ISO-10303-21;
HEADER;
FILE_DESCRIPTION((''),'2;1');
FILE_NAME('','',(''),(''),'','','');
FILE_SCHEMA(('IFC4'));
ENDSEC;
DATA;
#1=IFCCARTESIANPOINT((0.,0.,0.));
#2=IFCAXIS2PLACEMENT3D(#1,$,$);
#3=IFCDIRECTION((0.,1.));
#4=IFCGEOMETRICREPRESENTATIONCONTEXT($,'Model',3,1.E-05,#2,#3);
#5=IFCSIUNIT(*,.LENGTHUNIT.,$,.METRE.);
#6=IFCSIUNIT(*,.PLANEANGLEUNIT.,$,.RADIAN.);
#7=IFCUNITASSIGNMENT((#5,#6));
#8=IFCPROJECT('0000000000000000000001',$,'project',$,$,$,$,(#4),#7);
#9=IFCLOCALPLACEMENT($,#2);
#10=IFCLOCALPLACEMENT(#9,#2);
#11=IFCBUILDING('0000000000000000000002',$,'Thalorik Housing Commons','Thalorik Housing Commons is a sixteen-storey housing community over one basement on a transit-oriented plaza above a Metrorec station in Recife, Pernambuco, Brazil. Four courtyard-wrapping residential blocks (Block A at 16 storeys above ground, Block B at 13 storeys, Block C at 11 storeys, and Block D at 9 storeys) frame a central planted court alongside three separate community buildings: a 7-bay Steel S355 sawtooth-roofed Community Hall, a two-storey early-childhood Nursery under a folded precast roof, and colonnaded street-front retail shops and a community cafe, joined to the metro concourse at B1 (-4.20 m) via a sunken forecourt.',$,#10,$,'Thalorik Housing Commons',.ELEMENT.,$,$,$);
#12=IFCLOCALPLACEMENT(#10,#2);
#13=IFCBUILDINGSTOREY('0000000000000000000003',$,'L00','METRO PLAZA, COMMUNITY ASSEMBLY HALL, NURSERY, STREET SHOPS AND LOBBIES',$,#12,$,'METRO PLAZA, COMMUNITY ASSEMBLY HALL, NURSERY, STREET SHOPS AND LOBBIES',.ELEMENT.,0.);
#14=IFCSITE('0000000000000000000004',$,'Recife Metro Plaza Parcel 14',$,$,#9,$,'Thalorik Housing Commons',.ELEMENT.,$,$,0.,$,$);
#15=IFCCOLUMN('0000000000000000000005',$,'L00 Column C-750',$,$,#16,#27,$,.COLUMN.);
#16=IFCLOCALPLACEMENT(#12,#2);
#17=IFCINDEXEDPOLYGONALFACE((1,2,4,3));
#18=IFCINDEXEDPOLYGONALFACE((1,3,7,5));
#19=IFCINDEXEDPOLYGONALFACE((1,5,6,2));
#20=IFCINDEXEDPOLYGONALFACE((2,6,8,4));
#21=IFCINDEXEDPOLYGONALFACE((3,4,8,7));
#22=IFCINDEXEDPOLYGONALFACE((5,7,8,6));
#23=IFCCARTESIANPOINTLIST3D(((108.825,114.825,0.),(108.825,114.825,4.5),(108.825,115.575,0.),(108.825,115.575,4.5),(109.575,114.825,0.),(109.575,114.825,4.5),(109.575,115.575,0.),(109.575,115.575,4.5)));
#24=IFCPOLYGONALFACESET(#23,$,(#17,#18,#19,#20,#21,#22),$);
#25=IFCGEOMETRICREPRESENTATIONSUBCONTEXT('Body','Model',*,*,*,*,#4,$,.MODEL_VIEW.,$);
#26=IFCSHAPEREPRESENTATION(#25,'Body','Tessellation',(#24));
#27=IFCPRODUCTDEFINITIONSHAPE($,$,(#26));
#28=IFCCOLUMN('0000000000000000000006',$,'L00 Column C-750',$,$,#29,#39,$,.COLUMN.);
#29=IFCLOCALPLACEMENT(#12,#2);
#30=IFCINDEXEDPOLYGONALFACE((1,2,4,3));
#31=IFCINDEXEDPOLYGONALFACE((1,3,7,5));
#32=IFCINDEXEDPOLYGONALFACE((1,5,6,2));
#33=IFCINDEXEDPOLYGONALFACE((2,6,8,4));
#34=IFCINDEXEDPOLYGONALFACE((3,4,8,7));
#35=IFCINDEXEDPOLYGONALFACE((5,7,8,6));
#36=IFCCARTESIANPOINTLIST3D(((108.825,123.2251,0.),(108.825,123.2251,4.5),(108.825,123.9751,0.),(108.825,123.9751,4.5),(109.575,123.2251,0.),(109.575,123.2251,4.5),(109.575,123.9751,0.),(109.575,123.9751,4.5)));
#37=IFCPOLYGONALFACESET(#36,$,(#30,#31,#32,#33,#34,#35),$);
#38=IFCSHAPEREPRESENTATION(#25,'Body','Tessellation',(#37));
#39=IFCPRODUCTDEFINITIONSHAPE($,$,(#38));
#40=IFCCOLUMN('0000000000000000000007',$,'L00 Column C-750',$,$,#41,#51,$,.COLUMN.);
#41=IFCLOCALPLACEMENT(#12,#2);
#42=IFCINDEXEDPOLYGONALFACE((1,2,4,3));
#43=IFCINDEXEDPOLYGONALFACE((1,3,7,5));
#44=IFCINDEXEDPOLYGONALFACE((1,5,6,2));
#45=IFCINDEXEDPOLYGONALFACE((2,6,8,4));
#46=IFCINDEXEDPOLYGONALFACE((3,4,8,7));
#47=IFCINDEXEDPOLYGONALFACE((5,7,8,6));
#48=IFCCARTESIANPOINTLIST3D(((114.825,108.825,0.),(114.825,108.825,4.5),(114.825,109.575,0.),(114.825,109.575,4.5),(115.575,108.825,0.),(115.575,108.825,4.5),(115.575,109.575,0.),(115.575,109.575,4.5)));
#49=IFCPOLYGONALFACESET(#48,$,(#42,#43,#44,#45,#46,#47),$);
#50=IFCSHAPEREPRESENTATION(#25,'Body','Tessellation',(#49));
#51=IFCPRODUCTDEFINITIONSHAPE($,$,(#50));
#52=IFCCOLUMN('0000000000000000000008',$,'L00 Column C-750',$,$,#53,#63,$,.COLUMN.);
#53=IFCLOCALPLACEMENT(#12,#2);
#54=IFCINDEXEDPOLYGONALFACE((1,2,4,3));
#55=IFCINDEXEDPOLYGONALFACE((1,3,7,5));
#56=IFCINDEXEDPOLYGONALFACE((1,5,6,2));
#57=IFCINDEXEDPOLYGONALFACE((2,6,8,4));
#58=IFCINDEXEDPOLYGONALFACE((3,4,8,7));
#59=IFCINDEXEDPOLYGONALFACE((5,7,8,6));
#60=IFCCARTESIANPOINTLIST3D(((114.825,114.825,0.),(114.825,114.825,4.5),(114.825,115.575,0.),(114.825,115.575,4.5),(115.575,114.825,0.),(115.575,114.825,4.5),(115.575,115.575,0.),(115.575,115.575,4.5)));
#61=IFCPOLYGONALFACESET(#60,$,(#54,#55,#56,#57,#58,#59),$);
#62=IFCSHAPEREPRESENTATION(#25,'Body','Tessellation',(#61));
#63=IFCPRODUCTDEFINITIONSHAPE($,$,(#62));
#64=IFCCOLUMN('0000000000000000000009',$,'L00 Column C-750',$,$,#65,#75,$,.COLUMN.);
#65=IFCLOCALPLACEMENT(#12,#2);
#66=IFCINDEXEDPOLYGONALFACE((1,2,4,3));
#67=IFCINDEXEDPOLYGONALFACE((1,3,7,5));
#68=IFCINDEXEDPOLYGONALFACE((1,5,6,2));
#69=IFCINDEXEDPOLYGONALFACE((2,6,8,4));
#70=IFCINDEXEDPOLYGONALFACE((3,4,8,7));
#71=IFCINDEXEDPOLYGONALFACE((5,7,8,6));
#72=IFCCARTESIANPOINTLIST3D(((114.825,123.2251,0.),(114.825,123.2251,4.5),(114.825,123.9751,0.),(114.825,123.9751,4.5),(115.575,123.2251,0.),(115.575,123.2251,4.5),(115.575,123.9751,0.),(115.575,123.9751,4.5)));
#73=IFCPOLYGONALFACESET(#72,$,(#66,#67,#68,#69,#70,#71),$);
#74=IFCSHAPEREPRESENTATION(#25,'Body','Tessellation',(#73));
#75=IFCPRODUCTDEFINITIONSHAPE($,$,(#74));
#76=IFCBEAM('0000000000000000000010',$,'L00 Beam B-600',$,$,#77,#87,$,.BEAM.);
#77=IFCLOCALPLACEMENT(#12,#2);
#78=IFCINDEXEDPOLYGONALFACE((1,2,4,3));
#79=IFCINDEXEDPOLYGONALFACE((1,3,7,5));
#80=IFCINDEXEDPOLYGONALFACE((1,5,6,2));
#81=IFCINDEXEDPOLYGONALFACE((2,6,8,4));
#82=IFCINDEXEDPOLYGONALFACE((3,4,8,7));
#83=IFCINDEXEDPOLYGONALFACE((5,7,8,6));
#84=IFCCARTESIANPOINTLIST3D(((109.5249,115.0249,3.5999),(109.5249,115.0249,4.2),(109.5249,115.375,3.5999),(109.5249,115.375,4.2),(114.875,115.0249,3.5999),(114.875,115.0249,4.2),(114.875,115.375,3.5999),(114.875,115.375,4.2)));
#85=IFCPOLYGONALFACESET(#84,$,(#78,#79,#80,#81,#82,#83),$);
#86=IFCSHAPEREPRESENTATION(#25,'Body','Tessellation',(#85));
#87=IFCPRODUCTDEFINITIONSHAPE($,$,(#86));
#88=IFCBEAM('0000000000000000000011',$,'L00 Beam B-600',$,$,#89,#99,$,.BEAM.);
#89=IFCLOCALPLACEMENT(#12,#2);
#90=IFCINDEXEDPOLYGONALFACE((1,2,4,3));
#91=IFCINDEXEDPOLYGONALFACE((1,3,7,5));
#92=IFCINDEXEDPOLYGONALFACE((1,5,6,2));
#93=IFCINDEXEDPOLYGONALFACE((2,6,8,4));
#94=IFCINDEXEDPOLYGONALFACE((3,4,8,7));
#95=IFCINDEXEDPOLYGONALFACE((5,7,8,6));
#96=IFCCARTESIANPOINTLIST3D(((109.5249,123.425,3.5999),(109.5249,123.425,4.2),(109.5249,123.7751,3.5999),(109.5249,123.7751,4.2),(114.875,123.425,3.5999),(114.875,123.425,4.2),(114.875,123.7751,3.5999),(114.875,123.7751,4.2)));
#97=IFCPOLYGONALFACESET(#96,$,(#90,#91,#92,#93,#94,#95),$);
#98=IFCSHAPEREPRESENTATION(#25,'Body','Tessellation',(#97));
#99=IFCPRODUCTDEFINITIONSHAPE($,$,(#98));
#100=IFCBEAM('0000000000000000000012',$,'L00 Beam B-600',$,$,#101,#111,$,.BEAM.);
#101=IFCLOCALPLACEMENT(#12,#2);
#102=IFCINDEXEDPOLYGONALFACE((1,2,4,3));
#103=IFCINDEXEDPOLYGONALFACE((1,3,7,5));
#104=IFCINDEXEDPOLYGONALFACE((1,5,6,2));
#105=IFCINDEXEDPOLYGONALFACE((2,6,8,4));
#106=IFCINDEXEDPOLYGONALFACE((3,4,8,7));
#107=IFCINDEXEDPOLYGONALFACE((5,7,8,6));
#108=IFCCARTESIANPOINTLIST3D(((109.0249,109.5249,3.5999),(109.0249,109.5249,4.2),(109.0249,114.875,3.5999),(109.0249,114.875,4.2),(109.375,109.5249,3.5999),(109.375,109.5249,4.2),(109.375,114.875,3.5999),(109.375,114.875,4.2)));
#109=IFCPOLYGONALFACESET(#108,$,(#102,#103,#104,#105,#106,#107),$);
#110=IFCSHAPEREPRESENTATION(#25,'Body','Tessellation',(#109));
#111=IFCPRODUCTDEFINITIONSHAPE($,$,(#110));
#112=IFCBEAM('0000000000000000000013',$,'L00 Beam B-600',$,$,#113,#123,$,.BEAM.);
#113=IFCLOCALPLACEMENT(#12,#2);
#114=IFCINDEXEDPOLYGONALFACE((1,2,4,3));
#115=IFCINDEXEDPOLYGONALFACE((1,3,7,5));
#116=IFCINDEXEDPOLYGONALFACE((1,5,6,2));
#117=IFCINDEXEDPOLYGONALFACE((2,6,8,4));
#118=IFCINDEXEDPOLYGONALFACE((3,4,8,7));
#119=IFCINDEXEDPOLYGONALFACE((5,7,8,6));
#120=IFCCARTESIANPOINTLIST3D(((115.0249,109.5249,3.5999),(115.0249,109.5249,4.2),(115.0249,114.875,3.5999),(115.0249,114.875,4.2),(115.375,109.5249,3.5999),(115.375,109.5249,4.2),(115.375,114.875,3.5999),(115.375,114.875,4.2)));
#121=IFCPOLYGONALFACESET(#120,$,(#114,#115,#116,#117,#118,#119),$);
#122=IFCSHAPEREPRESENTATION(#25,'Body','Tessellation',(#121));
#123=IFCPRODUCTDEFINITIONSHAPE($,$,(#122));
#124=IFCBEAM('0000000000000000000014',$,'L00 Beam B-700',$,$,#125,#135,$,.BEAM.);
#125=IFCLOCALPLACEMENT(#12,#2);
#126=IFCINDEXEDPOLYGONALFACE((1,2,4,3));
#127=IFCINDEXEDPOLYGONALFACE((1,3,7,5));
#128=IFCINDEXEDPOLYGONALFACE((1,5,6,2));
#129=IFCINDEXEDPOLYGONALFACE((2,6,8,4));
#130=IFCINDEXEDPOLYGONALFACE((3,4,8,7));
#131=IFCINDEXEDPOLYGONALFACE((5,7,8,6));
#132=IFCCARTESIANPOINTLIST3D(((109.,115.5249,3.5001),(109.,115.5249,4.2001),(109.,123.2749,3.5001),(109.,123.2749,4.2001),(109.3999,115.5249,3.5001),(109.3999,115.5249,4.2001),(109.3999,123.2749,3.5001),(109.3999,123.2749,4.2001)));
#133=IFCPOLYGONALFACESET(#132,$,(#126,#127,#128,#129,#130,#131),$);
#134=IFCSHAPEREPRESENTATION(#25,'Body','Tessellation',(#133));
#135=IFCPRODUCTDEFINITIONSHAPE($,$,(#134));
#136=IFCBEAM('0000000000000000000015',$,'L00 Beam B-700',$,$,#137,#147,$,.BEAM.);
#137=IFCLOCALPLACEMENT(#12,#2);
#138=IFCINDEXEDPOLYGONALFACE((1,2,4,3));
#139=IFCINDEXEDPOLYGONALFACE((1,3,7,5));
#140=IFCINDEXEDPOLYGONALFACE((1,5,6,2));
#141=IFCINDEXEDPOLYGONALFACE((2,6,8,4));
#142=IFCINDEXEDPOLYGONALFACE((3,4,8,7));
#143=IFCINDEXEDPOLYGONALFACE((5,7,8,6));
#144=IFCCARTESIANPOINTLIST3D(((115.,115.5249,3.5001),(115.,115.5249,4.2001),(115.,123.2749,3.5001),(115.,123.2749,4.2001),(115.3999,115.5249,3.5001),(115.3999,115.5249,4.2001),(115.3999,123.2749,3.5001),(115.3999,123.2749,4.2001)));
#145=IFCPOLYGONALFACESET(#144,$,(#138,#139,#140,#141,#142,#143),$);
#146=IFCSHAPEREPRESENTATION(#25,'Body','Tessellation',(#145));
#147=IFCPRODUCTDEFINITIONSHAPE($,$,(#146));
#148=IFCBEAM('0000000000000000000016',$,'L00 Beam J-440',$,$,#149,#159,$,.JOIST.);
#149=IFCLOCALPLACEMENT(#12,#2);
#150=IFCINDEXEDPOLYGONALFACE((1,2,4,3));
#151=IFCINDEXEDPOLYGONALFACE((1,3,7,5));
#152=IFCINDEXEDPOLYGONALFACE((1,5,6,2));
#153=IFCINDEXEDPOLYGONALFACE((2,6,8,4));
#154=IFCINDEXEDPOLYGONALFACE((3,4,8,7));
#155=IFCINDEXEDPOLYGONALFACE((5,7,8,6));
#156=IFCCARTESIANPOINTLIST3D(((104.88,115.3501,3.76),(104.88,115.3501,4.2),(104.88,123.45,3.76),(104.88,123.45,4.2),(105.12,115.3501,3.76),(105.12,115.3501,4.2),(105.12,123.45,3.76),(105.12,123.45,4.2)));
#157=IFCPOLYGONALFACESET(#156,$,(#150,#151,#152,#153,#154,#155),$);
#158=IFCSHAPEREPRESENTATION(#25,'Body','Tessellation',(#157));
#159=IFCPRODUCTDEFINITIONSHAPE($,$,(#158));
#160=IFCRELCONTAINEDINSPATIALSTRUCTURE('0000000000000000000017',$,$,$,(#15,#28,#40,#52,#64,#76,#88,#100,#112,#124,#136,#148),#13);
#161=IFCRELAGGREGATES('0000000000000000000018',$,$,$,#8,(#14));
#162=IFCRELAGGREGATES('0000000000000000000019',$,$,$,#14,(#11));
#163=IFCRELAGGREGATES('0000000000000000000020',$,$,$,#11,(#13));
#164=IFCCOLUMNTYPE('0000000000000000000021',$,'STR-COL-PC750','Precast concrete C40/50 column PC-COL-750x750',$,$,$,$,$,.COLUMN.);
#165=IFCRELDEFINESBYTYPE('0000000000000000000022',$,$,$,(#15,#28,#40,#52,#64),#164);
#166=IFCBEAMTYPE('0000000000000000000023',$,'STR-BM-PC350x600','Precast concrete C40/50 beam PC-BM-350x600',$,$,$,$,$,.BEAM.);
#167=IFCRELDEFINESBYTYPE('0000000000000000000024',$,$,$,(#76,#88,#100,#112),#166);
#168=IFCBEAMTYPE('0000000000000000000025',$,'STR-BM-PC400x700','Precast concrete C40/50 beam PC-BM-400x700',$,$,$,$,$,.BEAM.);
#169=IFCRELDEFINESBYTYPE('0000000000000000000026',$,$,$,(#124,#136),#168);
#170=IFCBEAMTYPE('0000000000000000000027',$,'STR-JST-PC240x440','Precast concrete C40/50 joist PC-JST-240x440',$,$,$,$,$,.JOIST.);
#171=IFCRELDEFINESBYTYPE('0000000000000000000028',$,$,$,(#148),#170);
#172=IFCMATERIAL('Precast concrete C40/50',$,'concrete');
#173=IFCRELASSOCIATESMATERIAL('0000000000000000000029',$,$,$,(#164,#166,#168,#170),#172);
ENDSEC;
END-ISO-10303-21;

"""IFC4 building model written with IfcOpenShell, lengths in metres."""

from ifc_helpers import new_model, si_unit, direction, frame, origin, origin_2d, place, context, subcontext, project, spatial, rectangle, extrude, material, material_profile, profile_set, type_object, element, save


model = new_model("IFC4")

# Units and contexts
model_context = context("Model", 3, precision=1e-05, world=origin(), true_north=direction((0.0, 1.0)))
body_context = subcontext(model_context, "Body", "Model", "MODEL_VIEW")
ifc_project = project(units=[si_unit("LENGTHUNIT", "METRE"), si_unit("PLANEANGLEUNIT", "RADIAN")], contexts=[model_context])

# Site, building, storey
site_placement = place(None, origin())
site = spatial("IfcSite", under=ifc_project, at=site_placement, Name="Recife Metro Plaza Parcel 14", LongName="Thalorik Housing Commons", CompositionType="ELEMENT", RefElevation=0.0)
building_placement = place(site_placement, origin())
building = spatial("IfcBuilding", under=site, at=building_placement, Name="Thalorik Housing Commons", Description="Thalorik Housing Commons is a sixteen-storey housing community over one basement on a transit-oriented plaza above a Metrorec station in Recife, Pernambuco, Brazil. Four courtyard-wrapping residential blocks (Block A at 16 storeys above ground, Block B at 13 storeys, Block C at 11 storeys, and Block D at 9 storeys) frame a central planted court alongside three separate community buildings: a 7-bay Steel S355 sawtooth-roofed Community Hall, a two-storey early-childhood Nursery under a folded precast roof, and colonnaded street-front retail shops and a community cafe, joined to the metro concourse at B1 (-4.20 m) via a sunken forecourt.", LongName="Thalorik Housing Commons", CompositionType="ELEMENT")
storey_placement = place(building_placement, origin())
storey = spatial("IfcBuildingStorey", under=building, at=storey_placement, Name="L00", Description="METRO PLAZA, COMMUNITY ASSEMBLY HALL, NURSERY, STREET SHOPS AND LOBBIES", LongName="METRO PLAZA, COMMUNITY ASSEMBLY HALL, NURSERY, STREET SHOPS AND LOBBIES", CompositionType="ELEMENT", Elevation=0.0)

# Columns
ifc_material_1 = material(Name="Precast concrete C40/50", Category="concrete")
ifc_material_profile_1 = material_profile(ifc_material_1, rectangle(XDim=0.75, YDim=0.75, at=origin_2d()), Name="PC 750x750", Category="concrete")
ifc_profile_set_1 = profile_set([ifc_material_profile_1], Name="Precast concrete C40/50")
column_type = type_object("IfcColumnType", Name="STR-COL-PC750", Description="Precast concrete C40/50 column PC-COL-750x750", PredefinedType="COLUMN", material=ifc_profile_set_1)
for number, where, z_axis, x_axis, name in (
    (1, (109.2, 115.2, 0.0), (0.0, 0.0, 1.0), (1.0, 0.0, 0.0), "L00 Column C-750"),
    (2, (109.2, 123.6001, 0.0), (0.0, 0.0, 1.0), (1.0, 0.0, 0.0), "L00 Column C-750"),
    (3, (115.2, 109.2, 0.0), (0.0, 0.0, 1.0), (1.0, 0.0, 0.0), "L00 Column C-750"),
    (4, (115.2, 115.2, 0.0), (0.0, 0.0, 1.0), (1.0, 0.0, 0.0), "L00 Column C-750"),
    (5, (115.2, 123.6001, 0.0), (0.0, 0.0, 1.0), (1.0, 0.0, 0.0), "L00 Column C-750"),
):
    element("IfcColumn", number, at=place(storey_placement, frame(where, z_axis=z_axis, x_axis=x_axis)), inside=storey, type_object=column_type, Name=name, PredefinedType="COLUMN", context=body_context, shape_type="SweptSolid", body=[
        extrude(rectangle(XDim=0.75, YDim=0.75, at=origin_2d()), origin(), (0.0, 0.0, 1.0), 4.5),
    ])

# Beams
ifc_material_profile_2 = material_profile(ifc_material_1, rectangle(XDim=0.3501, YDim=0.6001, at=origin_2d()), Name="PC 350x600", Category="concrete")
ifc_profile_set_2 = profile_set([ifc_material_profile_2], Name="Precast concrete C40/50")
beam_type_1 = type_object("IfcBeamType", Name="STR-BM-PC350x600", Description="Precast concrete C40/50 beam PC-BM-350x600", PredefinedType="BEAM", material=ifc_profile_set_2)
for number, where, z_axis, x_axis, name in (
    (6, (109.5249, 115.2, 3.8999), (1.0, 0.0, 0.0), (0.0, 1.0, 0.0), "L00 Beam B-600"),
    (7, (109.5249, 123.6001, 3.8999), (1.0, 0.0, 0.0), (0.0, 1.0, 0.0), "L00 Beam B-600"),
    (8, (109.2, 109.5249, 3.8999), (0.0, 1.0, 0.0), (-1.0, 0.0, 0.0), "L00 Beam B-600"),
    (9, (115.2, 109.5249, 3.8999), (0.0, 1.0, 0.0), (-1.0, 0.0, 0.0), "L00 Beam B-600"),
):
    element("IfcBeam", number, at=place(storey_placement, frame(where, z_axis=z_axis, x_axis=x_axis)), inside=storey, type_object=beam_type_1, Name=name, PredefinedType="BEAM", context=body_context, shape_type="SweptSolid", body=[
        extrude(rectangle(XDim=0.3501, YDim=0.6001, at=origin_2d()), origin(), (0.0, 0.0, 1.0), 5.3501),
    ])
ifc_material_profile_3 = material_profile(ifc_material_1, rectangle(XDim=0.3999, YDim=0.7, at=origin_2d()), Name="PC 400x700", Category="concrete")
ifc_profile_set_3 = profile_set([ifc_material_profile_3], Name="Precast concrete C40/50")
beam_type_2 = type_object("IfcBeamType", Name="STR-BM-PC400x700", Description="Precast concrete C40/50 beam PC-BM-400x700", PredefinedType="BEAM", material=ifc_profile_set_3)
for number, where, z_axis, x_axis, name in (
    (10, (109.2, 115.5249, 3.8501), (0.0, 1.0, 0.0), (-1.0, 0.0, 0.0), "L00 Beam B-700"),
    (11, (115.2, 115.5249, 3.8501), (0.0, 1.0, 0.0), (-1.0, 0.0, 0.0), "L00 Beam B-700"),
):
    element("IfcBeam", number, at=place(storey_placement, frame(where, z_axis=z_axis, x_axis=x_axis)), inside=storey, type_object=beam_type_2, Name=name, PredefinedType="BEAM", context=body_context, shape_type="SweptSolid", body=[
        extrude(rectangle(XDim=0.3999, YDim=0.7, at=origin_2d()), origin(), (0.0, 0.0, 1.0), 7.75),
    ])
ifc_material_profile_4 = material_profile(ifc_material_1, rectangle(XDim=0.24, YDim=0.4399, at=origin_2d()), Name="PC JST 240x440", Category="concrete")
ifc_profile_set_4 = profile_set([ifc_material_profile_4], Name="Precast concrete C40/50")
beam_type_3 = type_object("IfcBeamType", Name="STR-JST-PC240x440", Description="Precast concrete C40/50 joist PC-JST-240x440", PredefinedType="JOIST", material=ifc_profile_set_4)
beam_placement = place(storey_placement, frame((105.0, 115.3501, 3.98), z_axis=(0.0, 1.0, 0.0), x_axis=(-1.0, 0.0, 0.0)))
element("IfcBeam", 12, at=beam_placement, inside=storey, type_object=beam_type_3, Name="L00 Beam J-440", PredefinedType="JOIST", context=body_context, shape_type="SweptSolid", body=[
    extrude(rectangle(XDim=0.24, YDim=0.4399, at=origin_2d()), origin(), (0.0, 0.0, 1.0), 8.0999),
])

save(model, "model.ifc")
